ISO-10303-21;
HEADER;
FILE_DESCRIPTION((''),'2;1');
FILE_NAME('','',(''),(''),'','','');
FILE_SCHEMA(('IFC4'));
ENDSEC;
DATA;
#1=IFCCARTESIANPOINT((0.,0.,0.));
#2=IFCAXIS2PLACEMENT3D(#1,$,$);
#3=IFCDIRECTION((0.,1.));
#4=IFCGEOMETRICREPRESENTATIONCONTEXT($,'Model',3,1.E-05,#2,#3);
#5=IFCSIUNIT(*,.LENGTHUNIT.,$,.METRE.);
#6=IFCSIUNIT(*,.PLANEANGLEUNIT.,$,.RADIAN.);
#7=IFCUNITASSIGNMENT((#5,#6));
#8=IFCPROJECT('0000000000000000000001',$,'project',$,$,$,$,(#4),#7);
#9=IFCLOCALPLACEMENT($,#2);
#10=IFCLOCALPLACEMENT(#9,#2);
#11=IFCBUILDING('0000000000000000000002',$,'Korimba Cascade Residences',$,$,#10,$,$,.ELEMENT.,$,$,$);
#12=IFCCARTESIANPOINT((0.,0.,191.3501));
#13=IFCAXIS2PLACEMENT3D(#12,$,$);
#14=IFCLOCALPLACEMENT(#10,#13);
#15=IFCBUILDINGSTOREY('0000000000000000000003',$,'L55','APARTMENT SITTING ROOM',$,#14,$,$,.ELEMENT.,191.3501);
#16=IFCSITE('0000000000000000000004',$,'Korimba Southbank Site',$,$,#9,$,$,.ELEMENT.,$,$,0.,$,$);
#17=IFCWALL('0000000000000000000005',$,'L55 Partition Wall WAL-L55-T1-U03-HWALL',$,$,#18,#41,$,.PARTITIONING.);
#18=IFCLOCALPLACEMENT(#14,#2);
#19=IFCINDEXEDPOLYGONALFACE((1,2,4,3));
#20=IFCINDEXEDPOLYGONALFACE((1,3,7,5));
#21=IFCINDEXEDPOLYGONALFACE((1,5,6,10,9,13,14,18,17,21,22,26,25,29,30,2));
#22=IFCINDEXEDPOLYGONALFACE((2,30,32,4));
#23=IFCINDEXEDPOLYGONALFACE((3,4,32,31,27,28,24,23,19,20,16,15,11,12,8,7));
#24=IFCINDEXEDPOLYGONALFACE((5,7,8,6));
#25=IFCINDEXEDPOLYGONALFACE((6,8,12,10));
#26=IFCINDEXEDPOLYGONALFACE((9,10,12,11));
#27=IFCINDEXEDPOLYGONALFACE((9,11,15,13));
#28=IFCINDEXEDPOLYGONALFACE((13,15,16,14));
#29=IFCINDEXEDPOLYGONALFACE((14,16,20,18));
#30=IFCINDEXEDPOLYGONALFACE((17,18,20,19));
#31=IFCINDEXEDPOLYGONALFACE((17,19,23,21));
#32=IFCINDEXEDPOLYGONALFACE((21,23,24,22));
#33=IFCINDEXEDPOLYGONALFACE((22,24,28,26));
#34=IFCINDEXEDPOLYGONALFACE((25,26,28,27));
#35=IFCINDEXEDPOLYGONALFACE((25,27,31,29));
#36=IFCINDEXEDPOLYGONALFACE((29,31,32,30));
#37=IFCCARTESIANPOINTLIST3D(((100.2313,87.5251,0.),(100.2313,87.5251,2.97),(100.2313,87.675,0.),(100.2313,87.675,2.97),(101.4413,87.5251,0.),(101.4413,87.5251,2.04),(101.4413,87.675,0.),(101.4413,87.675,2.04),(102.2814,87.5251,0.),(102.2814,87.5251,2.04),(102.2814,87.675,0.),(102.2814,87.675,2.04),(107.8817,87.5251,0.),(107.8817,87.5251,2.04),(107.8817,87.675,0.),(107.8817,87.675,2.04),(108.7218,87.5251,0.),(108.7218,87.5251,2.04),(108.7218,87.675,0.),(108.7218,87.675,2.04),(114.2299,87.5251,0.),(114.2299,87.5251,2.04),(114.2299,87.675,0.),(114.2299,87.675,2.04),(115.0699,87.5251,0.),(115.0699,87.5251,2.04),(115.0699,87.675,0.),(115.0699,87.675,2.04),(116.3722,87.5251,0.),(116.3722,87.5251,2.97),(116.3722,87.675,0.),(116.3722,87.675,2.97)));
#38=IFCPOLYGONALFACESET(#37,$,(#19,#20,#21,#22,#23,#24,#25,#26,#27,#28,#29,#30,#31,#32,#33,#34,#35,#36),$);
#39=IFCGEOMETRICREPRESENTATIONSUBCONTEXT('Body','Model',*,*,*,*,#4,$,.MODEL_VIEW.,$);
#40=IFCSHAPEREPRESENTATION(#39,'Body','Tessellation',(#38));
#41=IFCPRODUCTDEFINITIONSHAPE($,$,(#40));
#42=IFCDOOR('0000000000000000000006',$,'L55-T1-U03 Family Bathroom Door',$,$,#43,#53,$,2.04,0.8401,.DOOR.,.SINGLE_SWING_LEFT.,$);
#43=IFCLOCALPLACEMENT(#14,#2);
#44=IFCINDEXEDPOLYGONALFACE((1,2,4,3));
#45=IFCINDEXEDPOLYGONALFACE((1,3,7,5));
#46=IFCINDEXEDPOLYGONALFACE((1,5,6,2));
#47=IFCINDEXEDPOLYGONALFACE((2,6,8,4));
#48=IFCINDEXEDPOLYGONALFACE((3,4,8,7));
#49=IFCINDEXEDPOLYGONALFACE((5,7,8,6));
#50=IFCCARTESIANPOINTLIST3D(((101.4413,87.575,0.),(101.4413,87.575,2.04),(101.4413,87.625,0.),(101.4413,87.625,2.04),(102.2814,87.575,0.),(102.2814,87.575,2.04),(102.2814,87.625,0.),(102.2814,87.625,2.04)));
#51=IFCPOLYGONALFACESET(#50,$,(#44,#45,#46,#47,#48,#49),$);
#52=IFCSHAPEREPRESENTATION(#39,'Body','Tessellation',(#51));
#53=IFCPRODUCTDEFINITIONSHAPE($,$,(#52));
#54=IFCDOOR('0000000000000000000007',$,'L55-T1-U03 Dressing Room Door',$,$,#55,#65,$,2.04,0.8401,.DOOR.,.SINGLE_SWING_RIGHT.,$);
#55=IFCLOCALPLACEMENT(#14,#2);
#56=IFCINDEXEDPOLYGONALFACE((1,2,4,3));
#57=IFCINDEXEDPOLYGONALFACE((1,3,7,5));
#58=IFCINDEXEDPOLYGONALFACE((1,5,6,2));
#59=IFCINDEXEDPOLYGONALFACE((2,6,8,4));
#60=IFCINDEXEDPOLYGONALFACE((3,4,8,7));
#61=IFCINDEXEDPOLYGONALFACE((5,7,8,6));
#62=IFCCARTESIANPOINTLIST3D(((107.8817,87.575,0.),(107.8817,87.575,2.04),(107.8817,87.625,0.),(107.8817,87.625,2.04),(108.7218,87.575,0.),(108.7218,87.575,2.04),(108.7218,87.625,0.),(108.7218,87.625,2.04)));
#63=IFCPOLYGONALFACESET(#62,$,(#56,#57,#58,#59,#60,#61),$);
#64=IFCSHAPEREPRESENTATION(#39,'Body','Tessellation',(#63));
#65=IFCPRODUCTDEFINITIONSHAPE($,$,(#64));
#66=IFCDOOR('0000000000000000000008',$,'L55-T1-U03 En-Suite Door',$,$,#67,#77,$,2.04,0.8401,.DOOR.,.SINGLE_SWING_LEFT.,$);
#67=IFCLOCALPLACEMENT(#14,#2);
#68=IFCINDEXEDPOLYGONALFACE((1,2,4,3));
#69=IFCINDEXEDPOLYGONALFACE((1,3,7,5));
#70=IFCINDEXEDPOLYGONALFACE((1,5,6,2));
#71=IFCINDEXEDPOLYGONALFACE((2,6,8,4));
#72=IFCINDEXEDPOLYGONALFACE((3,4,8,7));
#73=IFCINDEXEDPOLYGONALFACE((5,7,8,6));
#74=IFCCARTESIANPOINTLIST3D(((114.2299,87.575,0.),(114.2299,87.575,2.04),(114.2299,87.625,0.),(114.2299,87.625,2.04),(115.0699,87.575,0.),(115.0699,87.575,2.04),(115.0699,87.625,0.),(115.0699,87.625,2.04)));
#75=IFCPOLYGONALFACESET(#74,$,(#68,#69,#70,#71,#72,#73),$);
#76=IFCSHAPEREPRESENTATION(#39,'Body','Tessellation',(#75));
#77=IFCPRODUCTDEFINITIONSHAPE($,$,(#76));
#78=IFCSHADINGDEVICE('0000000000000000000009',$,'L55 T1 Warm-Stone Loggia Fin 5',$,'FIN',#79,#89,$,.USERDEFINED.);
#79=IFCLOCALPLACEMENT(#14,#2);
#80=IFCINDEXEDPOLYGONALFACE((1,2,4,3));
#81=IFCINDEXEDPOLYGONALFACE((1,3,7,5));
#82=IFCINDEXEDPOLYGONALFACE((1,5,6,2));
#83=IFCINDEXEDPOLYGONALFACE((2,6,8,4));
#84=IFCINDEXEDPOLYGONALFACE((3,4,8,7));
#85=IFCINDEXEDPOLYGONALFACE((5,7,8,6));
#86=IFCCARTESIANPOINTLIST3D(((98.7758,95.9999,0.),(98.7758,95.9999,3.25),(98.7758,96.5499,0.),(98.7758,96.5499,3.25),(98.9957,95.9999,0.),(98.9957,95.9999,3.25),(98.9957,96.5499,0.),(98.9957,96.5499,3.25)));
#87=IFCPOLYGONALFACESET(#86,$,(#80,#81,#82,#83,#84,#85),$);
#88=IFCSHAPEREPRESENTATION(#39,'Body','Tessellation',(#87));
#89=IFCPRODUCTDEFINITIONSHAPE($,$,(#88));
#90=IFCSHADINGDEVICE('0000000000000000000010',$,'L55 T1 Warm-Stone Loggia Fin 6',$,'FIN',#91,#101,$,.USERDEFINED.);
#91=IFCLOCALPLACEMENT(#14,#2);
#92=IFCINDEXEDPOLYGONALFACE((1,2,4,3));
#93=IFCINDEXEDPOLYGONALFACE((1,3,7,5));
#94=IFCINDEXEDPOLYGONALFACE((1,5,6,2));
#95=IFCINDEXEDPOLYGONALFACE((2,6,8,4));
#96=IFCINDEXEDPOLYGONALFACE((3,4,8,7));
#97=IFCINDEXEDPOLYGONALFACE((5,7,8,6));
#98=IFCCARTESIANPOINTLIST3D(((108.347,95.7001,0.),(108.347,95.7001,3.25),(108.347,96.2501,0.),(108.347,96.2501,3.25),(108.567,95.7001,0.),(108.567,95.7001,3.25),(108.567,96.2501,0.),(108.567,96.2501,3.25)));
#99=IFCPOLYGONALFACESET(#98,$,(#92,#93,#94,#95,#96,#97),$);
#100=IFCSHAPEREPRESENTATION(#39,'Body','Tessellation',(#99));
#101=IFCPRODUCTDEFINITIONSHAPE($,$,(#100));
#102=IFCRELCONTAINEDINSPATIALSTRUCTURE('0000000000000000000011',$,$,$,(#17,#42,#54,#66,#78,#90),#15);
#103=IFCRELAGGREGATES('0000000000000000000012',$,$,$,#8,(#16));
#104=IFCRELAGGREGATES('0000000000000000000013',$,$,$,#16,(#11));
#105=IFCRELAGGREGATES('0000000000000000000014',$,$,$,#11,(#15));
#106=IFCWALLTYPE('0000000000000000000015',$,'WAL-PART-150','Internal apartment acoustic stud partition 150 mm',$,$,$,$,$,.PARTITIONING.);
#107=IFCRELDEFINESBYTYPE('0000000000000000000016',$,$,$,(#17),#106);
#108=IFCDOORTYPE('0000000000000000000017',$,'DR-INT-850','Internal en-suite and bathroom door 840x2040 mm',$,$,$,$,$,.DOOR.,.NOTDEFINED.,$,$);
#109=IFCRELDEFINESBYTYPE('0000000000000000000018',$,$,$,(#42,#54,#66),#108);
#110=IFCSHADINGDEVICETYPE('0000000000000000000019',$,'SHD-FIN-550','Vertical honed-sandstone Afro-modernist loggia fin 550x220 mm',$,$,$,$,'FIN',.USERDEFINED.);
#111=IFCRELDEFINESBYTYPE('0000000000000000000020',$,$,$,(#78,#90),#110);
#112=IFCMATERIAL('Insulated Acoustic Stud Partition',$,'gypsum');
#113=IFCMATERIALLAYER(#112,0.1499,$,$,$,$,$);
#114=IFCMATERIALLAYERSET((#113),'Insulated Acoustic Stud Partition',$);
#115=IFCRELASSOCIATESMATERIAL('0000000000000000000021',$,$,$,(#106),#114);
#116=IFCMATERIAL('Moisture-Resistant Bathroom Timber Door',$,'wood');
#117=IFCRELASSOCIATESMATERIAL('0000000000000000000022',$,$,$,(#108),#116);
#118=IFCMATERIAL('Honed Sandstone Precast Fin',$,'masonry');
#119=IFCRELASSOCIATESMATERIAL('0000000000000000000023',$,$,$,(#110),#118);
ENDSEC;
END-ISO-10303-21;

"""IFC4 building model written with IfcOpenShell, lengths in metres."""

from ifc_helpers import new_model, si_unit, direction, frame, frame_2d, origin, origin_2d, place, context, subcontext, project, spatial, rectangle, extrude, material, layer, layer_set, type_object, element, fill, save


model = new_model("IFC4")

# Units and contexts
model_context = context("Model", 3, precision=1e-05, world=origin(), true_north=direction((0.0, 1.0)))
body_context = subcontext(model_context, "Body", "Model", "MODEL_VIEW")
ifc_project = project(units=[si_unit("LENGTHUNIT", "METRE"), si_unit("PLANEANGLEUNIT", "RADIAN")], contexts=[model_context])

# Site, building, storey
site_placement = place(None, origin())
site = spatial("IfcSite", under=ifc_project, at=site_placement, Name="Korimba Southbank Site", CompositionType="ELEMENT", RefElevation=0.0)
building_placement = place(site_placement, origin())
building = spatial("IfcBuilding", under=site, at=building_placement, Name="Korimba Cascade Residences", CompositionType="ELEMENT")
storey_placement = place(building_placement, frame((0.0, 0.0, 191.3501)))
storey = spatial("IfcBuildingStorey", under=building, at=storey_placement, Name="L55", Description="APARTMENT SITTING ROOM", CompositionType="ELEMENT", Elevation=191.3501)

# Shared definitions
ifc_material_1 = material(Name="Insulated Acoustic Stud Partition", Category="gypsum")
ifc_layer = layer(ifc_material_1, 0.1499)
ifc_layer_set = layer_set([ifc_layer], Name="Insulated Acoustic Stud Partition")
wall_type = type_object("IfcWallType", Name="WAL-PART-150", Description="Internal apartment acoustic stud partition 150 mm", PredefinedType="PARTITIONING", material=ifc_layer_set)

# Wall, openings, doors
wall_1_placement = place(storey_placement, frame((100.2314, 87.6001, 0.0), z_axis=(0.0, 0.0, 1.0), x_axis=(1.0, 0.0, 0.0)))
wall_1 = element("IfcWall", 1, at=wall_1_placement, inside=storey, type_object=wall_type, Name="L55 Partition Wall WAL-L55-T1-U03-HWALL", PredefinedType="PARTITIONING", context=body_context, shape_type="SweptSolid", body=[
    extrude(rectangle(XDim=16.1409, YDim=0.1499, at=frame_2d((8.0703, 0.0))), origin(), (0.0, 0.0, 1.0), 2.97),
])
opening_1_placement = place(wall_1_placement, frame((1.21, 0.0, 0.0)))
opening_1 = element("IfcOpeningElement", 2, at=opening_1_placement, cuts=wall_1, PredefinedType="OPENING", context=body_context, shape_type="SweptSolid", body=[
    extrude(rectangle(XDim=0.8401, YDim=2.04, at=frame_2d((0.4199, 1.02))), frame((0.0, 0.085, 0.0), z_axis=(0.0, -1.0, 0.0), x_axis=(1.0, 0.0, 0.0)), (0.0, 0.0, 1.0), 0.1699),
])
opening_2_placement = place(wall_1_placement, frame((7.6504, 0.0, 0.0)))
opening_2 = element("IfcOpeningElement", 3, at=opening_2_placement, cuts=wall_1, PredefinedType="OPENING", context=body_context, shape_type="SweptSolid", body=[
    extrude(rectangle(XDim=0.8401, YDim=2.04, at=frame_2d((0.4199, 1.02))), frame((0.0, 0.085, 0.0), z_axis=(0.0, -1.0, 0.0), x_axis=(1.0, 0.0, 0.0)), (0.0, 0.0, 1.0), 0.1699),
])
opening_3_placement = place(wall_1_placement, frame((13.9985, 0.0, 0.0)))
opening_3 = element("IfcOpeningElement", 4, at=opening_3_placement, cuts=wall_1, PredefinedType="OPENING", context=body_context, shape_type="SweptSolid", body=[
    extrude(rectangle(XDim=0.8401, YDim=2.04, at=frame_2d((0.4199, 1.02))), frame((0.0, 0.085, 0.0), z_axis=(0.0, -1.0, 0.0), x_axis=(1.0, 0.0, 0.0)), (0.0, 0.0, 1.0), 0.1699),
])
ifc_material_2 = material(Name="Moisture-Resistant Bathroom Timber Door", Category="wood")
door_type_1 = type_object("IfcDoorType", Name="DR-INT-850", Description="Internal en-suite and bathroom door 840x2040 mm", OperationType="NOTDEFINED", PredefinedType="DOOR", material=ifc_material_2)
door_1_placement = place(opening_1_placement, origin())
door_1 = element("IfcDoor", 5, at=door_1_placement, inside=storey, type_object=door_type_1, Name="L55-T1-U03 Family Bathroom Door", OperationType="SINGLE_SWING_LEFT", OverallHeight=2.04, OverallWidth=0.8401, PredefinedType="DOOR", context=body_context, shape_type="SweptSolid", body=[
    extrude(rectangle(XDim=0.8401, YDim=2.04, at=frame_2d((0.4199, 1.02))), frame((0.0, 0.0249, 0.0), z_axis=(0.0, -1.0, 0.0), x_axis=(1.0, 0.0, 0.0)), (0.0, 0.0, 1.0), 0.05),
])
fill(opening_1, door_1)
door_2_placement = place(opening_2_placement, origin())
door_2 = element("IfcDoor", 6, at=door_2_placement, inside=storey, type_object=door_type_1, Name="L55-T1-U03 Dressing Room Door", OperationType="SINGLE_SWING_RIGHT", OverallHeight=2.04, OverallWidth=0.8401, PredefinedType="DOOR", context=body_context, shape_type="SweptSolid", body=[
    extrude(rectangle(XDim=0.8401, YDim=2.04, at=frame_2d((0.4199, 1.02))), frame((0.0, 0.0249, 0.0), z_axis=(0.0, -1.0, 0.0), x_axis=(1.0, 0.0, 0.0)), (0.0, 0.0, 1.0), 0.05),
])
fill(opening_2, door_2)
door_3_placement = place(opening_3_placement, origin())
door_3 = element("IfcDoor", 7, at=door_3_placement, inside=storey, type_object=door_type_1, Name="L55-T1-U03 En-Suite Door", OperationType="SINGLE_SWING_LEFT", OverallHeight=2.04, OverallWidth=0.8401, PredefinedType="DOOR", context=body_context, shape_type="SweptSolid", body=[
    extrude(rectangle(XDim=0.8401, YDim=2.04, at=frame_2d((0.4199, 1.02))), frame((0.0, 0.0249, 0.0), z_axis=(0.0, -1.0, 0.0), x_axis=(1.0, 0.0, 0.0)), (0.0, 0.0, 1.0), 0.05),
])
fill(opening_3, door_3)

# Shading devices
ifc_material_3 = material(Name="Honed Sandstone Precast Fin", Category="masonry")
shading_device_type = type_object("IfcShadingDeviceType", Name="SHD-FIN-550", Description="Vertical honed-sandstone Afro-modernist loggia fin 550x220 mm", ElementType="FIN", PredefinedType="USERDEFINED", material=ifc_material_3)
for number, where, z_axis, x_axis, name in (
    (8, (98.8857, 96.2749, 0.0), (0.0, 0.0, 1.0), (1.0, 0.0, 0.0), "L55 T1 Warm-Stone Loggia Fin 5"),
    (9, (108.457, 95.9751, 0.0), (0.0, 0.0, 1.0), (1.0, 0.0, 0.0), "L55 T1 Warm-Stone Loggia Fin 6"),
):
    element("IfcShadingDevice", number, at=place(storey_placement, frame(where, z_axis=z_axis, x_axis=x_axis)), inside=storey, type_object=shading_device_type, Name=name, ObjectType="FIN", PredefinedType="USERDEFINED", context=body_context, shape_type="SweptSolid", body=[
        extrude(rectangle(XDim=0.22, YDim=0.55, at=origin_2d()), origin(), (0.0, 0.0, 1.0), 3.25),
    ])

save(model, "model.ifc")
